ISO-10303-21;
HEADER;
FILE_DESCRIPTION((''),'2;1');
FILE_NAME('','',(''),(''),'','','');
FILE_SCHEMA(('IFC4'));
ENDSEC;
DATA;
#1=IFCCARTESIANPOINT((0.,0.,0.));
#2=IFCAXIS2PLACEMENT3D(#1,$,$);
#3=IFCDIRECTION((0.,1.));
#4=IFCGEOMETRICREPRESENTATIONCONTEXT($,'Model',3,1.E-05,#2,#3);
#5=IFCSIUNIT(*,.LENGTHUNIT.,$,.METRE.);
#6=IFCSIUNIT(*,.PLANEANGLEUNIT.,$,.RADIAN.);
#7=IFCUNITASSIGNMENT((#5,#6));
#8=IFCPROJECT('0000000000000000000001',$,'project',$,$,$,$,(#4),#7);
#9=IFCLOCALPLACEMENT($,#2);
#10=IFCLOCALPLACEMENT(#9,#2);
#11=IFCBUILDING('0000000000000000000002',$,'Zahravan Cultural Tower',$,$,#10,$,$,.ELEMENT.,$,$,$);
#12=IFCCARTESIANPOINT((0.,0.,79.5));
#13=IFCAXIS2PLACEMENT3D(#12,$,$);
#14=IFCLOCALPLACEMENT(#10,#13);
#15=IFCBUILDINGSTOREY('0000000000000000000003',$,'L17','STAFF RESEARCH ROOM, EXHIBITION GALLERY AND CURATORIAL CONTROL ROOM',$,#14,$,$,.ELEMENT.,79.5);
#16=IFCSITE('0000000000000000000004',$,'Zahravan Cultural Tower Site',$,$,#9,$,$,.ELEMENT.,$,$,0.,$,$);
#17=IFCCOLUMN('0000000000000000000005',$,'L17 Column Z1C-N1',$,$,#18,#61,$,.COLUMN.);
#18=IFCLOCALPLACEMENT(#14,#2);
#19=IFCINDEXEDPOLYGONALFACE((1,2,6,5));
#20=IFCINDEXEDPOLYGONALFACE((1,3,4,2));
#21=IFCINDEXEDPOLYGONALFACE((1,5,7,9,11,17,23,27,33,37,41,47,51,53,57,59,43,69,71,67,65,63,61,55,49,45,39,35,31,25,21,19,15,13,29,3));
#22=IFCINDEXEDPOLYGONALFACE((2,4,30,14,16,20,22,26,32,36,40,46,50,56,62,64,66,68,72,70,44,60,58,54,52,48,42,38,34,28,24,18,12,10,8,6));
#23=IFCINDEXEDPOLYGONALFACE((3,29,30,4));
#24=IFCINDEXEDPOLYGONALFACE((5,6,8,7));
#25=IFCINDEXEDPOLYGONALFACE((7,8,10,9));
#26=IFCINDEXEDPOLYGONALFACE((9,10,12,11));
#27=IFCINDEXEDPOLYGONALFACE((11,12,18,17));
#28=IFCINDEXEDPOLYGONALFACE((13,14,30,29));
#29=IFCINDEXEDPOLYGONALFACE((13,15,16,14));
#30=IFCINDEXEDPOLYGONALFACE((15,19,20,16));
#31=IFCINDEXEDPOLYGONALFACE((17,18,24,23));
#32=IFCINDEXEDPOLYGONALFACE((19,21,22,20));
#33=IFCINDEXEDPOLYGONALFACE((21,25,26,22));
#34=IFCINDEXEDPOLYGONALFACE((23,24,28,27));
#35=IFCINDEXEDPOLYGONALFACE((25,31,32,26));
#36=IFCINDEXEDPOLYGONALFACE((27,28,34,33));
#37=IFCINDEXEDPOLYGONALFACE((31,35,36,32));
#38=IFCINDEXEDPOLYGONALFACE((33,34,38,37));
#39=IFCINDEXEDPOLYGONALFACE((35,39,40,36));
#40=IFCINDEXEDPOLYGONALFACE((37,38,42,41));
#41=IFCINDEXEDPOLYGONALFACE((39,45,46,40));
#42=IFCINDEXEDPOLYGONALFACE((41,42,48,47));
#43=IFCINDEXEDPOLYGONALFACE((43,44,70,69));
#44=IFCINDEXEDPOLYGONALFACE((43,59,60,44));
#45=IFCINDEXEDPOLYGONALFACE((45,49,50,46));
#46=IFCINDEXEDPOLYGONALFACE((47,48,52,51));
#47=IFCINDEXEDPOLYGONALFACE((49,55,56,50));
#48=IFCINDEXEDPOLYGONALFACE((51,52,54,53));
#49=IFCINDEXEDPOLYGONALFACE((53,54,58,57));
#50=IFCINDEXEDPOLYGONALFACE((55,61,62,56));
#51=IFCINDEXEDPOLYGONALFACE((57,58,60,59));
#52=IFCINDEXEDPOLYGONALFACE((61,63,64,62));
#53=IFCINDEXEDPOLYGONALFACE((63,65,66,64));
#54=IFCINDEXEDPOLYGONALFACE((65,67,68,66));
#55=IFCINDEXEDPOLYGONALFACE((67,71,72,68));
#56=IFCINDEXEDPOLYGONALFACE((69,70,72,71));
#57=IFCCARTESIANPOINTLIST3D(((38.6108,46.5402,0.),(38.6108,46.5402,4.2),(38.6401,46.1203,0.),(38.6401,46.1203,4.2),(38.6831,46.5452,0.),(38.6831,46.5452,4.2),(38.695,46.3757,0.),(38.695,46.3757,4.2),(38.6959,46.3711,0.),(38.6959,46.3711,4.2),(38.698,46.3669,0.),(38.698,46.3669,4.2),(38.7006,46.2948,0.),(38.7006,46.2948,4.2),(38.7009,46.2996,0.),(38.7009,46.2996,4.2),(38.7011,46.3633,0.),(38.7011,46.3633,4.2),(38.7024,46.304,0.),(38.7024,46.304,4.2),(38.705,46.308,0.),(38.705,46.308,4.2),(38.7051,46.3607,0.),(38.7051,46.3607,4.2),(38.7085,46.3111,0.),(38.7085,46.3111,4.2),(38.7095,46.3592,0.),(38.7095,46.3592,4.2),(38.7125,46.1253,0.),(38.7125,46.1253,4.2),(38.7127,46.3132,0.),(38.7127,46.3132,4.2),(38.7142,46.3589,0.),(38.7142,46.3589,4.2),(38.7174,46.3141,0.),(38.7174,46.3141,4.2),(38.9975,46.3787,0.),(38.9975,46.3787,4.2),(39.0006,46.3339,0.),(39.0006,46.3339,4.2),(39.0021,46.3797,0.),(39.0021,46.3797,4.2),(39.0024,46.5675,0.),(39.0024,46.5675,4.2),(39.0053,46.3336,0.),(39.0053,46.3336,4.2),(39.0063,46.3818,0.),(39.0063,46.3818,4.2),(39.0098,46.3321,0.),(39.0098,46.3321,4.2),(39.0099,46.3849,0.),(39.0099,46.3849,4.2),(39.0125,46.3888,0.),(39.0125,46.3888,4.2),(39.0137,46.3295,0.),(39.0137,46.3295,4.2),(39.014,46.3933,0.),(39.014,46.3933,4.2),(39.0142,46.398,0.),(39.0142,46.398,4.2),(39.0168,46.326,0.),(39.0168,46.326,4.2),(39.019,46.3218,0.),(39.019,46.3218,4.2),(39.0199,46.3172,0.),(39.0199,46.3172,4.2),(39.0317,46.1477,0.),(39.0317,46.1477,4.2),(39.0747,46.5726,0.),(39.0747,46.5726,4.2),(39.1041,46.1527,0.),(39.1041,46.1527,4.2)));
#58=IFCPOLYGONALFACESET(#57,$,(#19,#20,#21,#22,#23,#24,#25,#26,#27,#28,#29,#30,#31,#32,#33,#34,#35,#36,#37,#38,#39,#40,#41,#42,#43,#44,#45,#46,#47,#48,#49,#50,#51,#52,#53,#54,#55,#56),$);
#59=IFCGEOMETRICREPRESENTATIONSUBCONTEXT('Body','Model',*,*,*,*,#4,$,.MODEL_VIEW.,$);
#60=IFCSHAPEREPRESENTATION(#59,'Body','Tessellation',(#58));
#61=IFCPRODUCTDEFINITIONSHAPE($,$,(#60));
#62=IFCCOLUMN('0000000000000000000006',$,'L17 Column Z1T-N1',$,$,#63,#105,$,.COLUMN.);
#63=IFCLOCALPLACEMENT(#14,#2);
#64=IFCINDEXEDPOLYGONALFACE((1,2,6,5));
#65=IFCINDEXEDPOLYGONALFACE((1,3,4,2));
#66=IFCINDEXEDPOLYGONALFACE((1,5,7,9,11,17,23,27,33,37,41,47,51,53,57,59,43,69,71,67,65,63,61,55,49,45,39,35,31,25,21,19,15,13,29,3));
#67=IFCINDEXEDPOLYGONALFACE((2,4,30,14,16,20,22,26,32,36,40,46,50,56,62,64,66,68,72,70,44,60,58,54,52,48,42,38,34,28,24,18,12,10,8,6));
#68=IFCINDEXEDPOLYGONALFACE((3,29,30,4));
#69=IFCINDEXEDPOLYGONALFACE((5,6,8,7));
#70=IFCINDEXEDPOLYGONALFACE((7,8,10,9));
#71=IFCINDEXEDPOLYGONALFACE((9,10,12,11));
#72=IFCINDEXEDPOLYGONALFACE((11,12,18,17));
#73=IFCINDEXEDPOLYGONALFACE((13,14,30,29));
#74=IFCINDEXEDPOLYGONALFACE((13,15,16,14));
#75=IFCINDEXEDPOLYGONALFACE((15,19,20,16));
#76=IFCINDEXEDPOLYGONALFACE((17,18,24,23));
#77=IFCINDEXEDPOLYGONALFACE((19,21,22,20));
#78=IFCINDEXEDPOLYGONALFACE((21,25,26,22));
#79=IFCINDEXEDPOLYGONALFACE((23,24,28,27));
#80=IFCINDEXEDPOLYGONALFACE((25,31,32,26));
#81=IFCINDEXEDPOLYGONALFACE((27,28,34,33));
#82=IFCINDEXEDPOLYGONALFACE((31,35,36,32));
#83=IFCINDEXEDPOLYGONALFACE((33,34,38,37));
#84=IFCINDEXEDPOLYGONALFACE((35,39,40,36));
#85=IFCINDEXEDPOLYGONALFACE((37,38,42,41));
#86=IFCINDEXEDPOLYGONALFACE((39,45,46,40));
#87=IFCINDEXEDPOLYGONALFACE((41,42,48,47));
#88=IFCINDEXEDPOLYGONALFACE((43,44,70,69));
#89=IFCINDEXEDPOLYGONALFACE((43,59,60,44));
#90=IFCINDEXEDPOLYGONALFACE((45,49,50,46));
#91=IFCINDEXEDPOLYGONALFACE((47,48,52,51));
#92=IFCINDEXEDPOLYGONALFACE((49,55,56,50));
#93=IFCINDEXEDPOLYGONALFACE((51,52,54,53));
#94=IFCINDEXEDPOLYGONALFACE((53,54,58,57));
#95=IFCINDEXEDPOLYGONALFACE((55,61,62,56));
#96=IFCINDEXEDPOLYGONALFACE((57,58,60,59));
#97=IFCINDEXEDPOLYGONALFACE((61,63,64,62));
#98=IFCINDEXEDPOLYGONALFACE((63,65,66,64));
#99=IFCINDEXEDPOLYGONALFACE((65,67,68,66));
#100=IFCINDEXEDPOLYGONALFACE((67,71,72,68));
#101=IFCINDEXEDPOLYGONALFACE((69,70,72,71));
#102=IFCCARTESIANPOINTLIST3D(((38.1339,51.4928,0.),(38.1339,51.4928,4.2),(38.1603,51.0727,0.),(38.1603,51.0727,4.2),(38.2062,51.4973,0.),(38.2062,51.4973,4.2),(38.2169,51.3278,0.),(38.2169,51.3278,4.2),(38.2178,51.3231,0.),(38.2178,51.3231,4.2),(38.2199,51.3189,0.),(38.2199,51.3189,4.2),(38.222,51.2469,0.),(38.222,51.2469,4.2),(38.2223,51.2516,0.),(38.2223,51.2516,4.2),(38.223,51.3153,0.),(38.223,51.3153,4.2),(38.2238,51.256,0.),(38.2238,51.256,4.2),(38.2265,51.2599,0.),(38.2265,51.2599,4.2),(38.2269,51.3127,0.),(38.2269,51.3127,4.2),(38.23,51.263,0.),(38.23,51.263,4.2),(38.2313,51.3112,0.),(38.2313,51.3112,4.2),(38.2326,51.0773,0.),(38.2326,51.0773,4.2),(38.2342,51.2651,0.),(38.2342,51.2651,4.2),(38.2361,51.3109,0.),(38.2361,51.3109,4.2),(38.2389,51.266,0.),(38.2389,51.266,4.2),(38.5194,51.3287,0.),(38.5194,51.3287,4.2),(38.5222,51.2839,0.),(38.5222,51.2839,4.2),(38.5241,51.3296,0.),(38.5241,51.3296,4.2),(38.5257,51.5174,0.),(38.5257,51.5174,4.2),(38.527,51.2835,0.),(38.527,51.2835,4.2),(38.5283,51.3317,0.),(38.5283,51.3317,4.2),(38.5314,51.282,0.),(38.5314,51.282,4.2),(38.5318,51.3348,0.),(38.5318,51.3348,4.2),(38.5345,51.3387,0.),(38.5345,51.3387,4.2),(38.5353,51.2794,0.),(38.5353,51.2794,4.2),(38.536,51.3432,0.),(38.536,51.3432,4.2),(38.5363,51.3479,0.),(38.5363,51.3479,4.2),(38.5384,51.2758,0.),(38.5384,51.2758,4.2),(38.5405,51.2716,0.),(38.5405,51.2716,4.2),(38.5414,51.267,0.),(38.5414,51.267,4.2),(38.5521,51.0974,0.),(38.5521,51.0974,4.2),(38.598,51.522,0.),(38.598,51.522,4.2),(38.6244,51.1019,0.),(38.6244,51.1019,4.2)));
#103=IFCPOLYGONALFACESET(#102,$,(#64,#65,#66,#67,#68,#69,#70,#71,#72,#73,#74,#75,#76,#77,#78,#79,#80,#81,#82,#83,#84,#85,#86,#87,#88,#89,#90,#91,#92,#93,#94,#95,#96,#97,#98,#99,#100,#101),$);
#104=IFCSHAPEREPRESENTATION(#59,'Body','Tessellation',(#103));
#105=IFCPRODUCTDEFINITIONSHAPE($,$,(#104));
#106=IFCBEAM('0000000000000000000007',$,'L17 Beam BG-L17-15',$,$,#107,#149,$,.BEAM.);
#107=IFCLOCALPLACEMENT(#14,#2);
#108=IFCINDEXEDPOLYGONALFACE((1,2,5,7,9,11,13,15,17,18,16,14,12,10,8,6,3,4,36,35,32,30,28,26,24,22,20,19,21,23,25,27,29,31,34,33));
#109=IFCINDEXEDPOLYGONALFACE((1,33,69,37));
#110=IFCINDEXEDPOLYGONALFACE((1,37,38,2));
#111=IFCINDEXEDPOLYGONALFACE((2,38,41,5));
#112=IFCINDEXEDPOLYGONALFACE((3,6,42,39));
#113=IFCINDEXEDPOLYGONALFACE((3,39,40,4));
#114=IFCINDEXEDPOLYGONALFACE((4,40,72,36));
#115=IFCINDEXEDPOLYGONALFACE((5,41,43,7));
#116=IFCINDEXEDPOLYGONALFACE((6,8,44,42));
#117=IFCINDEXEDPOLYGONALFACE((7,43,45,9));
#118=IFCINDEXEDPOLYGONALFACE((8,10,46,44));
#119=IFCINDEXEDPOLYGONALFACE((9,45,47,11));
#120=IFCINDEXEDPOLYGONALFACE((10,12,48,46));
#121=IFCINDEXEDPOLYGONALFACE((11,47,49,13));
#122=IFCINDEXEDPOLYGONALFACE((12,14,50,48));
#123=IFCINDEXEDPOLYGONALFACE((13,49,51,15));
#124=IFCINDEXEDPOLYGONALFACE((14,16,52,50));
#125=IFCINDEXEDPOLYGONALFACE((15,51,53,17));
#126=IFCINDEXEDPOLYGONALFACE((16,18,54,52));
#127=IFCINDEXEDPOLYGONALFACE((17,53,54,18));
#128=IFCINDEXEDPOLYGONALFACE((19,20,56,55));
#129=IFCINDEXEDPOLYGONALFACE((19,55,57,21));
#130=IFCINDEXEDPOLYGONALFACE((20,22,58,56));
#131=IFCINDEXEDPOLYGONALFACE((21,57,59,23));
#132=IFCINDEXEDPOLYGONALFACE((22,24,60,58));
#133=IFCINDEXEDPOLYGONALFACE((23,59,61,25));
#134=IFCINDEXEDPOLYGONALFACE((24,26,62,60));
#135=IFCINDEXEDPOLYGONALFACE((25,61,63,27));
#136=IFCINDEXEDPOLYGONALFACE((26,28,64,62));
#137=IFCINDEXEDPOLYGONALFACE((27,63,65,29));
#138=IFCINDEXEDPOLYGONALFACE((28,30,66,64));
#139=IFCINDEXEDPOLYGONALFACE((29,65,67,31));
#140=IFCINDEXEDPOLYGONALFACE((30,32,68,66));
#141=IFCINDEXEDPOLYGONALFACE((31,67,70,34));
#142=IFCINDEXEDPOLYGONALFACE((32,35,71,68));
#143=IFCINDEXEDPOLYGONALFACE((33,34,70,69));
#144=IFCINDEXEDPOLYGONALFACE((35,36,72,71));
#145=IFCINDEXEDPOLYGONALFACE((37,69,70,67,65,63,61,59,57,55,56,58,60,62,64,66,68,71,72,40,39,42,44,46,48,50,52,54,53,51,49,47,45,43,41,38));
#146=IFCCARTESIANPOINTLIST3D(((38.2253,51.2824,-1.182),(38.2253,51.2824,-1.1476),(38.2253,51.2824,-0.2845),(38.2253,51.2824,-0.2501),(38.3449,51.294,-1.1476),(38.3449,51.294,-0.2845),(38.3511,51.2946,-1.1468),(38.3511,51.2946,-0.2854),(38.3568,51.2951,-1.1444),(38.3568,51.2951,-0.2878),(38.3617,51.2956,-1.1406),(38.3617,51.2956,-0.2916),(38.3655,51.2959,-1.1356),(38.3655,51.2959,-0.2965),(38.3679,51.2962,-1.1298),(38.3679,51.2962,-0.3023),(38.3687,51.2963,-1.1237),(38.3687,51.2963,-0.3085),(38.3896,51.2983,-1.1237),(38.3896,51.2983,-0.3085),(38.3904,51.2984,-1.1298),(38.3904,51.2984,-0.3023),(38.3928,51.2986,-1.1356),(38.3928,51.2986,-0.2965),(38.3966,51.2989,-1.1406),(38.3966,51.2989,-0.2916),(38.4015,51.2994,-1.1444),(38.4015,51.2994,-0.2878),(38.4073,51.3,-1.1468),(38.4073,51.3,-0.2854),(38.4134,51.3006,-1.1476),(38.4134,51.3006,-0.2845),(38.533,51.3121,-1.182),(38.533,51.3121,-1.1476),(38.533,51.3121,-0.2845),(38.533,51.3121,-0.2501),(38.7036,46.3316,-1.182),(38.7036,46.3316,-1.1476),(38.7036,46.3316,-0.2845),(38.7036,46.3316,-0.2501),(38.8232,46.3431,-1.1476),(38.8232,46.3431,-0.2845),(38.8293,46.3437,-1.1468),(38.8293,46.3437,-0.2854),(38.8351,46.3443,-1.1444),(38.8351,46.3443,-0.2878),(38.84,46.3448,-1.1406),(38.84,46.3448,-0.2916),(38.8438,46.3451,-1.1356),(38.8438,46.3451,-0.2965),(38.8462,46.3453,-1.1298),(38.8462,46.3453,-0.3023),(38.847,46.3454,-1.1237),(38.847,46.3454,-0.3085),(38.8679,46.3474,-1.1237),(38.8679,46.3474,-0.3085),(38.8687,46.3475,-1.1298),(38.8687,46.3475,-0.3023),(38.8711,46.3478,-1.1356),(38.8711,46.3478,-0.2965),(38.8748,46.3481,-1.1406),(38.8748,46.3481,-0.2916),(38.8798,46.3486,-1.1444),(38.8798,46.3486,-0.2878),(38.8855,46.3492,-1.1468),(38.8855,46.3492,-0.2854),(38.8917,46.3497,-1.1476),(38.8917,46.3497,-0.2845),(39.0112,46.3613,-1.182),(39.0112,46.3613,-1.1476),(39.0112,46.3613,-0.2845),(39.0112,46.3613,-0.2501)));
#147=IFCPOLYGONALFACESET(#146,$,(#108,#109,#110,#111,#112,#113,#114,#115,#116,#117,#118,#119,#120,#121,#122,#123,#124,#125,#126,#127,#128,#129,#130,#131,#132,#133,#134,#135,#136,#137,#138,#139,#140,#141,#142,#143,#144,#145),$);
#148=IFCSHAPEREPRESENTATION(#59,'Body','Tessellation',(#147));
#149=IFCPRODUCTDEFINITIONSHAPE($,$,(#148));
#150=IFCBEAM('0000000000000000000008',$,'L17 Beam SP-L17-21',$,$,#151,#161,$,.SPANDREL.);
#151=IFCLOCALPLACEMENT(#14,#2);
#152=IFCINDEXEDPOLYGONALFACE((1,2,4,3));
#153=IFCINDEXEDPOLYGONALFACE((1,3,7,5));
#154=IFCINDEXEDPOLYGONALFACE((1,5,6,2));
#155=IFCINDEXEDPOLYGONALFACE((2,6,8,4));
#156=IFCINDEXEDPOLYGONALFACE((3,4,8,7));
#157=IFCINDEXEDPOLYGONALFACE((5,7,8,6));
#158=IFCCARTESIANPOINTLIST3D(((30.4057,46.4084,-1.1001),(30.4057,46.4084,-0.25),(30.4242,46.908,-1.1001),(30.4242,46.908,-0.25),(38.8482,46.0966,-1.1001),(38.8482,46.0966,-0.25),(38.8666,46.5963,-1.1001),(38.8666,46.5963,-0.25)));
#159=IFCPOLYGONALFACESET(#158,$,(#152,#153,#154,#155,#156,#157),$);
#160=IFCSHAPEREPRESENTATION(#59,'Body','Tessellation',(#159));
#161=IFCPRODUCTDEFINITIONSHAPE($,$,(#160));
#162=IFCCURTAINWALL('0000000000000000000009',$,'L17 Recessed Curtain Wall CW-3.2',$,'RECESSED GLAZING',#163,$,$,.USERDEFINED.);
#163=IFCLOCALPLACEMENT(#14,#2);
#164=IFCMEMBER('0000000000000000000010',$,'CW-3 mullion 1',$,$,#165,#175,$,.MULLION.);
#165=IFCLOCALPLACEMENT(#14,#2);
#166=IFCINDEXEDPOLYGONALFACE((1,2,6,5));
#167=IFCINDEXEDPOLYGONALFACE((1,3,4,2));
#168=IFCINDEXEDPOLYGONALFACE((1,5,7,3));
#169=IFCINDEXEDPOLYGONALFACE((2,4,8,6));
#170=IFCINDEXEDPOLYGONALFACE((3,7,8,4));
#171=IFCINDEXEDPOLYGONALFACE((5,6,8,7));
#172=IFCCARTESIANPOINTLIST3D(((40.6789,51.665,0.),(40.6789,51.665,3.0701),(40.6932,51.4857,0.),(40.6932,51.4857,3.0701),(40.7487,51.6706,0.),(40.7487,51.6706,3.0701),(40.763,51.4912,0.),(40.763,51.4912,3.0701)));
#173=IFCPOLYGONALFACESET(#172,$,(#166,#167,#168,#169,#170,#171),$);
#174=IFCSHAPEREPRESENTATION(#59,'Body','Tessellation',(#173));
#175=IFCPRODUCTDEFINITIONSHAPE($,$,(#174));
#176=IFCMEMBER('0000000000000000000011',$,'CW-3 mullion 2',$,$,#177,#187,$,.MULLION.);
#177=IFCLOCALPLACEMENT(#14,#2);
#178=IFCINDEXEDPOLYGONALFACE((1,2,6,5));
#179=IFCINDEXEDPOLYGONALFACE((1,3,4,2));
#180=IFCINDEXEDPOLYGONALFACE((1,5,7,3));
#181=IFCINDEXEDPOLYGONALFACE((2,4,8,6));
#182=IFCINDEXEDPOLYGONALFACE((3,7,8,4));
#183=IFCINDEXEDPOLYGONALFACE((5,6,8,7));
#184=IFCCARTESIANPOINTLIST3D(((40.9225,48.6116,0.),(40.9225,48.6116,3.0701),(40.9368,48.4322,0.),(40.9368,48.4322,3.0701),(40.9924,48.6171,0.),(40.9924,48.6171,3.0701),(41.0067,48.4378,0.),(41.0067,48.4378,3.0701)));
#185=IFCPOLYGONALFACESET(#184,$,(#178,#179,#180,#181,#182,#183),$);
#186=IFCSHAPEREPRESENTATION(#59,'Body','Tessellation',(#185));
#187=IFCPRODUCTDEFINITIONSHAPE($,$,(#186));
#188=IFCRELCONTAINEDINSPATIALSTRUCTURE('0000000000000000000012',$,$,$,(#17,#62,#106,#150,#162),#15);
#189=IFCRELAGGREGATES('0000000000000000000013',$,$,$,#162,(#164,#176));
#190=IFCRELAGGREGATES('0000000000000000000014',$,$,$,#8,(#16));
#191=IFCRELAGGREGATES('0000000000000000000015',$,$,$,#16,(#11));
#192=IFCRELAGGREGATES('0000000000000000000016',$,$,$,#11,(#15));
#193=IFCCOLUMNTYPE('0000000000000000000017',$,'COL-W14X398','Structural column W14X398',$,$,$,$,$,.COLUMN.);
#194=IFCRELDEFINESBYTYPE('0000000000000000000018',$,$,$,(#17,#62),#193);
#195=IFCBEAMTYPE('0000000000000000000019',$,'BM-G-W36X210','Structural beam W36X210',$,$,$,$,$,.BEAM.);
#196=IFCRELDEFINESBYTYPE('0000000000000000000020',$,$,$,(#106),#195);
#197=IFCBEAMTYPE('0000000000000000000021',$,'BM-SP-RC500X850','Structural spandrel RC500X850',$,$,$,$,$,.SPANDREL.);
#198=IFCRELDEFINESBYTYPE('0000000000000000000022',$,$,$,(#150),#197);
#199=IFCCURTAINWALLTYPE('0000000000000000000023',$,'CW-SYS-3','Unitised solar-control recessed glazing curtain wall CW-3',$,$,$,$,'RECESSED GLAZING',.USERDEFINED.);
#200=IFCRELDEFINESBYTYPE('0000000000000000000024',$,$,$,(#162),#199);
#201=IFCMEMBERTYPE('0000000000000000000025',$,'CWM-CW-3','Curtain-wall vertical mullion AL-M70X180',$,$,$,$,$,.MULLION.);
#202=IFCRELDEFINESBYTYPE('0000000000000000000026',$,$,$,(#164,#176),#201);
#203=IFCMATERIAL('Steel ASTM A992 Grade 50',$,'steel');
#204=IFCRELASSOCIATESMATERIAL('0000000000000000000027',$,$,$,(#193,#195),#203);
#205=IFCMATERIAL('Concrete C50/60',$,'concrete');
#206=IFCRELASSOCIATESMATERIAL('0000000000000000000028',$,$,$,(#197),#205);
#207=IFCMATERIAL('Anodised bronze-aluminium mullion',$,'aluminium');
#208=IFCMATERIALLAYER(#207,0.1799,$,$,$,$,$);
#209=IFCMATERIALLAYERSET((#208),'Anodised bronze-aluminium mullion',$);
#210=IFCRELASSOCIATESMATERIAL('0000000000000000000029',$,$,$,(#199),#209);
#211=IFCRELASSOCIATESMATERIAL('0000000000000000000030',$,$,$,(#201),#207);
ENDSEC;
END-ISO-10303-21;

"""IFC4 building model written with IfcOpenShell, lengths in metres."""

from ifc_helpers import new_model, si_unit, direction, frame, origin, origin_2d, place, context, subcontext, project, spatial, rectangle, i_section, extrude, source, transform, mapped, material, layer, layer_set, material_profile, profile_set, type_object, element, aggregate, save


model = new_model("IFC4")

# Units and contexts
model_context = context("Model", 3, precision=1e-05, world=origin(), true_north=direction((0.0, 1.0)))
body_context = subcontext(model_context, "Body", "Model", "MODEL_VIEW")
ifc_project = project(units=[si_unit("LENGTHUNIT", "METRE"), si_unit("PLANEANGLEUNIT", "RADIAN")], contexts=[model_context])

# Site, building, storey
site_placement = place(None, origin())
site = spatial("IfcSite", under=ifc_project, at=site_placement, Name="Zahravan Cultural Tower Site", CompositionType="ELEMENT", RefElevation=0.0)
building_placement = place(site_placement, origin())
building = spatial("IfcBuilding", under=site, at=building_placement, Name="Zahravan Cultural Tower", CompositionType="ELEMENT")
storey_placement = place(building_placement, frame((0.0, 0.0, 79.5)))
storey = spatial("IfcBuildingStorey", under=building, at=storey_placement, Name="L17", Description="STAFF RESEARCH ROOM, EXHIBITION GALLERY AND CURATORIAL CONTROL ROOM", CompositionType="ELEMENT", Elevation=79.5)

# Columns
ifc_material_1 = material(Name="Steel ASTM A992 Grade 50", Category="steel")
ifc_material_profile_1 = material_profile(ifc_material_1, i_section(OverallWidth=0.4209, OverallDepth=0.4651, WebThickness=0.0449, FlangeThickness=0.0725, FilletRadius=0.0181, at=origin_2d()), Name="W14X398")
ifc_profile_set_1 = profile_set([ifc_material_profile_1], Name="Steel ASTM A992 Grade 50")
column_type = type_object("IfcColumnType", Name="COL-W14X398", Description="Structural column W14X398", PredefinedType="COLUMN", material=ifc_profile_set_1)
shared_shape_1 = source(origin(), body_context, "Body", "SweptSolid", [
    extrude(i_section(OverallWidth=0.4209, OverallDepth=0.4651, WebThickness=0.0449, FlangeThickness=0.0725, FilletRadius=0.0181, at=origin_2d()), origin(), (0.0, 0.0, 1.0), 4.2),
])
for number, where, z_axis, x_axis, name in (
    (1, (38.8574, 46.3464, 0.0), (0.0, 0.0, 1.0), (-0.069756, 0.997564, 0.0), "L17 Column Z1C-N1"),
    (2, (38.3792, 51.2974, 0.0), (0.0, 0.0, 1.0), (-0.062791, 0.998027, 0.0), "L17 Column Z1T-N1"),
):
    element("IfcColumn", number, at=place(storey_placement, frame(where, z_axis=z_axis, x_axis=x_axis)), inside=storey, type_object=column_type, Name=name, PredefinedType="COLUMN", context=body_context, shape_type="MappedRepresentation", body=[
        mapped(shared_shape_1, transform((0.0, 0.0, 0.0), x_axis=(1.0, 0.0, 0.0), y_axis=(0.0, 1.0, 0.0), z_axis=(0.0, 0.0, 1.0), scale=1.0)),
    ])

# Beams
ifc_material_profile_2 = material_profile(ifc_material_1, i_section(OverallWidth=0.3091, OverallDepth=0.9319, WebThickness=0.021, FlangeThickness=0.0344, FilletRadius=0.0239, at=origin_2d()), Name="W36X210")
ifc_profile_set_2 = profile_set([ifc_material_profile_2], Name="Steel ASTM A992 Grade 50")
beam_type_1 = type_object("IfcBeamType", Name="BM-G-W36X210", Description="Structural beam W36X210", PredefinedType="BEAM", material=ifc_profile_set_2)
shared_shape_2 = source(origin(), body_context, "Body", "SweptSolid", [
    extrude(i_section(OverallWidth=0.3091, OverallDepth=0.9319, WebThickness=0.021, FlangeThickness=0.0344, FilletRadius=0.0239, at=origin_2d()), origin(), (0.0, 0.0, 1.0), 4.9739),
])
beam_1_placement = place(storey_placement, frame((38.8574, 46.3464, -0.7161), z_axis=(-0.096155, 0.995366, 0.0), x_axis=(-0.995366, -0.096155, 0.0)))
element("IfcBeam", 3, at=beam_1_placement, inside=storey, type_object=beam_type_1, Name="L17 Beam BG-L17-15", PredefinedType="BEAM", context=body_context, shape_type="MappedRepresentation", body=[
    mapped(shared_shape_2, transform((0.0, 0.0, 0.0), x_axis=(1.0, 0.0, 0.0), y_axis=(0.0, 1.0, 0.0), z_axis=(0.0, 0.0, 1.0), scale=1.0)),
])
ifc_material_2 = material(Name="Concrete C50/60", Category="concrete")
ifc_material_profile_3 = material_profile(ifc_material_2, rectangle(XDim=0.5, YDim=0.8501, at=origin_2d()), Name="RC500X850")
ifc_profile_set_3 = profile_set([ifc_material_profile_3], Name="Concrete C50/60")
beam_type_2 = type_object("IfcBeamType", Name="BM-SP-RC500X850", Description="Structural spandrel RC500X850", PredefinedType="SPANDREL", material=ifc_profile_set_3)
shared_shape_3 = source(origin(), body_context, "Body", "SweptSolid", [
    extrude(rectangle(XDim=0.5, YDim=0.8501, at=origin_2d()), origin(), (0.0, 0.0, 1.0), 8.4482),
])
beam_2_placement = place(storey_placement, frame((38.8574, 46.3464, -0.675), z_axis=(-0.999319, 0.036904, 0.0), x_axis=(-0.036904, -0.999319, 0.0)))
element("IfcBeam", 4, at=beam_2_placement, inside=storey, type_object=beam_type_2, Name="L17 Beam SP-L17-21", PredefinedType="SPANDREL", context=body_context, shape_type="MappedRepresentation", body=[
    mapped(shared_shape_3, transform((0.0, 0.0, 0.0), x_axis=(1.0, 0.0, 0.0), y_axis=(0.0, 1.0, 0.0), z_axis=(0.0, 0.0, 1.0), scale=1.0)),
])

# Curtain wall, members
ifc_material_3 = material(Name="Anodised bronze-aluminium mullion", Category="aluminium")
ifc_layer_1 = layer(ifc_material_3, 0.1799)
ifc_layer_set_1 = layer_set([ifc_layer_1], Name="Anodised bronze-aluminium mullion")
curtain_wall_type = type_object("IfcCurtainWallType", Name="CW-SYS-3", Description="Unitised solar-control recessed glazing curtain wall CW-3", ElementType="RECESSED GLAZING", PredefinedType="USERDEFINED", material=ifc_layer_set_1)
curtain_wall_placement = place(storey_placement, origin())
curtain_wall = element("IfcCurtainWall", 5, at=curtain_wall_placement, inside=storey, type_object=curtain_wall_type, Name="L17 Recessed Curtain Wall CW-3.2", ObjectType="RECESSED GLAZING", PredefinedType="USERDEFINED")
ifc_material_profile_4 = material_profile(ifc_material_3, rectangle(XDim=0.0701, YDim=0.1799, at=origin_2d()), Name="AL-M70X180")
ifc_profile_set_4 = profile_set([ifc_material_profile_4], Name="Anodised bronze-aluminium mullion")
member_type_1 = type_object("IfcMemberType", Name="CWM-CW-3", Description="Curtain-wall vertical mullion AL-M70X180", PredefinedType="MULLION", material=ifc_profile_set_4)
shared_shape_4 = source(origin(), body_context, "Body", "SweptSolid", [
    extrude(rectangle(XDim=0.0701, YDim=0.1799, at=origin_2d()), origin(), (0.0, 0.0, 1.0), 3.0701),
])
member_1_placement = place(storey_placement, frame((40.7209, 51.5781, 0.0), z_axis=(0.0, 0.0, 1.0), x_axis=(0.996835, 0.079501, 0.0)))
member_1 = element("IfcMember", 6, at=member_1_placement, type_object=member_type_1, Name="CW-3 mullion 1", PredefinedType="MULLION", context=body_context, shape_type="MappedRepresentation", body=[
    mapped(shared_shape_4, transform((0.0, 0.0, 0.0), x_axis=(1.0, 0.0, 0.0), y_axis=(0.0, 1.0, 0.0), z_axis=(0.0, 0.0, 1.0), scale=1.0)),
])
member_2_placement = place(storey_placement, frame((40.9646, 48.5247, 0.0), z_axis=(0.0, 0.0, 1.0), x_axis=(0.996835, 0.079501, 0.0)))
member_2 = element("IfcMember", 7, at=member_2_placement, type_object=member_type_1, Name="CW-3 mullion 2", PredefinedType="MULLION", context=body_context, shape_type="MappedRepresentation", body=[
    mapped(shared_shape_4, transform((0.0, 0.0, 0.0), x_axis=(1.0, 0.0, 0.0), y_axis=(0.0, 1.0, 0.0), z_axis=(0.0, 0.0, 1.0), scale=1.0)),
])
aggregate(curtain_wall, [member_1, member_2])

save(model, "model.ifc")
